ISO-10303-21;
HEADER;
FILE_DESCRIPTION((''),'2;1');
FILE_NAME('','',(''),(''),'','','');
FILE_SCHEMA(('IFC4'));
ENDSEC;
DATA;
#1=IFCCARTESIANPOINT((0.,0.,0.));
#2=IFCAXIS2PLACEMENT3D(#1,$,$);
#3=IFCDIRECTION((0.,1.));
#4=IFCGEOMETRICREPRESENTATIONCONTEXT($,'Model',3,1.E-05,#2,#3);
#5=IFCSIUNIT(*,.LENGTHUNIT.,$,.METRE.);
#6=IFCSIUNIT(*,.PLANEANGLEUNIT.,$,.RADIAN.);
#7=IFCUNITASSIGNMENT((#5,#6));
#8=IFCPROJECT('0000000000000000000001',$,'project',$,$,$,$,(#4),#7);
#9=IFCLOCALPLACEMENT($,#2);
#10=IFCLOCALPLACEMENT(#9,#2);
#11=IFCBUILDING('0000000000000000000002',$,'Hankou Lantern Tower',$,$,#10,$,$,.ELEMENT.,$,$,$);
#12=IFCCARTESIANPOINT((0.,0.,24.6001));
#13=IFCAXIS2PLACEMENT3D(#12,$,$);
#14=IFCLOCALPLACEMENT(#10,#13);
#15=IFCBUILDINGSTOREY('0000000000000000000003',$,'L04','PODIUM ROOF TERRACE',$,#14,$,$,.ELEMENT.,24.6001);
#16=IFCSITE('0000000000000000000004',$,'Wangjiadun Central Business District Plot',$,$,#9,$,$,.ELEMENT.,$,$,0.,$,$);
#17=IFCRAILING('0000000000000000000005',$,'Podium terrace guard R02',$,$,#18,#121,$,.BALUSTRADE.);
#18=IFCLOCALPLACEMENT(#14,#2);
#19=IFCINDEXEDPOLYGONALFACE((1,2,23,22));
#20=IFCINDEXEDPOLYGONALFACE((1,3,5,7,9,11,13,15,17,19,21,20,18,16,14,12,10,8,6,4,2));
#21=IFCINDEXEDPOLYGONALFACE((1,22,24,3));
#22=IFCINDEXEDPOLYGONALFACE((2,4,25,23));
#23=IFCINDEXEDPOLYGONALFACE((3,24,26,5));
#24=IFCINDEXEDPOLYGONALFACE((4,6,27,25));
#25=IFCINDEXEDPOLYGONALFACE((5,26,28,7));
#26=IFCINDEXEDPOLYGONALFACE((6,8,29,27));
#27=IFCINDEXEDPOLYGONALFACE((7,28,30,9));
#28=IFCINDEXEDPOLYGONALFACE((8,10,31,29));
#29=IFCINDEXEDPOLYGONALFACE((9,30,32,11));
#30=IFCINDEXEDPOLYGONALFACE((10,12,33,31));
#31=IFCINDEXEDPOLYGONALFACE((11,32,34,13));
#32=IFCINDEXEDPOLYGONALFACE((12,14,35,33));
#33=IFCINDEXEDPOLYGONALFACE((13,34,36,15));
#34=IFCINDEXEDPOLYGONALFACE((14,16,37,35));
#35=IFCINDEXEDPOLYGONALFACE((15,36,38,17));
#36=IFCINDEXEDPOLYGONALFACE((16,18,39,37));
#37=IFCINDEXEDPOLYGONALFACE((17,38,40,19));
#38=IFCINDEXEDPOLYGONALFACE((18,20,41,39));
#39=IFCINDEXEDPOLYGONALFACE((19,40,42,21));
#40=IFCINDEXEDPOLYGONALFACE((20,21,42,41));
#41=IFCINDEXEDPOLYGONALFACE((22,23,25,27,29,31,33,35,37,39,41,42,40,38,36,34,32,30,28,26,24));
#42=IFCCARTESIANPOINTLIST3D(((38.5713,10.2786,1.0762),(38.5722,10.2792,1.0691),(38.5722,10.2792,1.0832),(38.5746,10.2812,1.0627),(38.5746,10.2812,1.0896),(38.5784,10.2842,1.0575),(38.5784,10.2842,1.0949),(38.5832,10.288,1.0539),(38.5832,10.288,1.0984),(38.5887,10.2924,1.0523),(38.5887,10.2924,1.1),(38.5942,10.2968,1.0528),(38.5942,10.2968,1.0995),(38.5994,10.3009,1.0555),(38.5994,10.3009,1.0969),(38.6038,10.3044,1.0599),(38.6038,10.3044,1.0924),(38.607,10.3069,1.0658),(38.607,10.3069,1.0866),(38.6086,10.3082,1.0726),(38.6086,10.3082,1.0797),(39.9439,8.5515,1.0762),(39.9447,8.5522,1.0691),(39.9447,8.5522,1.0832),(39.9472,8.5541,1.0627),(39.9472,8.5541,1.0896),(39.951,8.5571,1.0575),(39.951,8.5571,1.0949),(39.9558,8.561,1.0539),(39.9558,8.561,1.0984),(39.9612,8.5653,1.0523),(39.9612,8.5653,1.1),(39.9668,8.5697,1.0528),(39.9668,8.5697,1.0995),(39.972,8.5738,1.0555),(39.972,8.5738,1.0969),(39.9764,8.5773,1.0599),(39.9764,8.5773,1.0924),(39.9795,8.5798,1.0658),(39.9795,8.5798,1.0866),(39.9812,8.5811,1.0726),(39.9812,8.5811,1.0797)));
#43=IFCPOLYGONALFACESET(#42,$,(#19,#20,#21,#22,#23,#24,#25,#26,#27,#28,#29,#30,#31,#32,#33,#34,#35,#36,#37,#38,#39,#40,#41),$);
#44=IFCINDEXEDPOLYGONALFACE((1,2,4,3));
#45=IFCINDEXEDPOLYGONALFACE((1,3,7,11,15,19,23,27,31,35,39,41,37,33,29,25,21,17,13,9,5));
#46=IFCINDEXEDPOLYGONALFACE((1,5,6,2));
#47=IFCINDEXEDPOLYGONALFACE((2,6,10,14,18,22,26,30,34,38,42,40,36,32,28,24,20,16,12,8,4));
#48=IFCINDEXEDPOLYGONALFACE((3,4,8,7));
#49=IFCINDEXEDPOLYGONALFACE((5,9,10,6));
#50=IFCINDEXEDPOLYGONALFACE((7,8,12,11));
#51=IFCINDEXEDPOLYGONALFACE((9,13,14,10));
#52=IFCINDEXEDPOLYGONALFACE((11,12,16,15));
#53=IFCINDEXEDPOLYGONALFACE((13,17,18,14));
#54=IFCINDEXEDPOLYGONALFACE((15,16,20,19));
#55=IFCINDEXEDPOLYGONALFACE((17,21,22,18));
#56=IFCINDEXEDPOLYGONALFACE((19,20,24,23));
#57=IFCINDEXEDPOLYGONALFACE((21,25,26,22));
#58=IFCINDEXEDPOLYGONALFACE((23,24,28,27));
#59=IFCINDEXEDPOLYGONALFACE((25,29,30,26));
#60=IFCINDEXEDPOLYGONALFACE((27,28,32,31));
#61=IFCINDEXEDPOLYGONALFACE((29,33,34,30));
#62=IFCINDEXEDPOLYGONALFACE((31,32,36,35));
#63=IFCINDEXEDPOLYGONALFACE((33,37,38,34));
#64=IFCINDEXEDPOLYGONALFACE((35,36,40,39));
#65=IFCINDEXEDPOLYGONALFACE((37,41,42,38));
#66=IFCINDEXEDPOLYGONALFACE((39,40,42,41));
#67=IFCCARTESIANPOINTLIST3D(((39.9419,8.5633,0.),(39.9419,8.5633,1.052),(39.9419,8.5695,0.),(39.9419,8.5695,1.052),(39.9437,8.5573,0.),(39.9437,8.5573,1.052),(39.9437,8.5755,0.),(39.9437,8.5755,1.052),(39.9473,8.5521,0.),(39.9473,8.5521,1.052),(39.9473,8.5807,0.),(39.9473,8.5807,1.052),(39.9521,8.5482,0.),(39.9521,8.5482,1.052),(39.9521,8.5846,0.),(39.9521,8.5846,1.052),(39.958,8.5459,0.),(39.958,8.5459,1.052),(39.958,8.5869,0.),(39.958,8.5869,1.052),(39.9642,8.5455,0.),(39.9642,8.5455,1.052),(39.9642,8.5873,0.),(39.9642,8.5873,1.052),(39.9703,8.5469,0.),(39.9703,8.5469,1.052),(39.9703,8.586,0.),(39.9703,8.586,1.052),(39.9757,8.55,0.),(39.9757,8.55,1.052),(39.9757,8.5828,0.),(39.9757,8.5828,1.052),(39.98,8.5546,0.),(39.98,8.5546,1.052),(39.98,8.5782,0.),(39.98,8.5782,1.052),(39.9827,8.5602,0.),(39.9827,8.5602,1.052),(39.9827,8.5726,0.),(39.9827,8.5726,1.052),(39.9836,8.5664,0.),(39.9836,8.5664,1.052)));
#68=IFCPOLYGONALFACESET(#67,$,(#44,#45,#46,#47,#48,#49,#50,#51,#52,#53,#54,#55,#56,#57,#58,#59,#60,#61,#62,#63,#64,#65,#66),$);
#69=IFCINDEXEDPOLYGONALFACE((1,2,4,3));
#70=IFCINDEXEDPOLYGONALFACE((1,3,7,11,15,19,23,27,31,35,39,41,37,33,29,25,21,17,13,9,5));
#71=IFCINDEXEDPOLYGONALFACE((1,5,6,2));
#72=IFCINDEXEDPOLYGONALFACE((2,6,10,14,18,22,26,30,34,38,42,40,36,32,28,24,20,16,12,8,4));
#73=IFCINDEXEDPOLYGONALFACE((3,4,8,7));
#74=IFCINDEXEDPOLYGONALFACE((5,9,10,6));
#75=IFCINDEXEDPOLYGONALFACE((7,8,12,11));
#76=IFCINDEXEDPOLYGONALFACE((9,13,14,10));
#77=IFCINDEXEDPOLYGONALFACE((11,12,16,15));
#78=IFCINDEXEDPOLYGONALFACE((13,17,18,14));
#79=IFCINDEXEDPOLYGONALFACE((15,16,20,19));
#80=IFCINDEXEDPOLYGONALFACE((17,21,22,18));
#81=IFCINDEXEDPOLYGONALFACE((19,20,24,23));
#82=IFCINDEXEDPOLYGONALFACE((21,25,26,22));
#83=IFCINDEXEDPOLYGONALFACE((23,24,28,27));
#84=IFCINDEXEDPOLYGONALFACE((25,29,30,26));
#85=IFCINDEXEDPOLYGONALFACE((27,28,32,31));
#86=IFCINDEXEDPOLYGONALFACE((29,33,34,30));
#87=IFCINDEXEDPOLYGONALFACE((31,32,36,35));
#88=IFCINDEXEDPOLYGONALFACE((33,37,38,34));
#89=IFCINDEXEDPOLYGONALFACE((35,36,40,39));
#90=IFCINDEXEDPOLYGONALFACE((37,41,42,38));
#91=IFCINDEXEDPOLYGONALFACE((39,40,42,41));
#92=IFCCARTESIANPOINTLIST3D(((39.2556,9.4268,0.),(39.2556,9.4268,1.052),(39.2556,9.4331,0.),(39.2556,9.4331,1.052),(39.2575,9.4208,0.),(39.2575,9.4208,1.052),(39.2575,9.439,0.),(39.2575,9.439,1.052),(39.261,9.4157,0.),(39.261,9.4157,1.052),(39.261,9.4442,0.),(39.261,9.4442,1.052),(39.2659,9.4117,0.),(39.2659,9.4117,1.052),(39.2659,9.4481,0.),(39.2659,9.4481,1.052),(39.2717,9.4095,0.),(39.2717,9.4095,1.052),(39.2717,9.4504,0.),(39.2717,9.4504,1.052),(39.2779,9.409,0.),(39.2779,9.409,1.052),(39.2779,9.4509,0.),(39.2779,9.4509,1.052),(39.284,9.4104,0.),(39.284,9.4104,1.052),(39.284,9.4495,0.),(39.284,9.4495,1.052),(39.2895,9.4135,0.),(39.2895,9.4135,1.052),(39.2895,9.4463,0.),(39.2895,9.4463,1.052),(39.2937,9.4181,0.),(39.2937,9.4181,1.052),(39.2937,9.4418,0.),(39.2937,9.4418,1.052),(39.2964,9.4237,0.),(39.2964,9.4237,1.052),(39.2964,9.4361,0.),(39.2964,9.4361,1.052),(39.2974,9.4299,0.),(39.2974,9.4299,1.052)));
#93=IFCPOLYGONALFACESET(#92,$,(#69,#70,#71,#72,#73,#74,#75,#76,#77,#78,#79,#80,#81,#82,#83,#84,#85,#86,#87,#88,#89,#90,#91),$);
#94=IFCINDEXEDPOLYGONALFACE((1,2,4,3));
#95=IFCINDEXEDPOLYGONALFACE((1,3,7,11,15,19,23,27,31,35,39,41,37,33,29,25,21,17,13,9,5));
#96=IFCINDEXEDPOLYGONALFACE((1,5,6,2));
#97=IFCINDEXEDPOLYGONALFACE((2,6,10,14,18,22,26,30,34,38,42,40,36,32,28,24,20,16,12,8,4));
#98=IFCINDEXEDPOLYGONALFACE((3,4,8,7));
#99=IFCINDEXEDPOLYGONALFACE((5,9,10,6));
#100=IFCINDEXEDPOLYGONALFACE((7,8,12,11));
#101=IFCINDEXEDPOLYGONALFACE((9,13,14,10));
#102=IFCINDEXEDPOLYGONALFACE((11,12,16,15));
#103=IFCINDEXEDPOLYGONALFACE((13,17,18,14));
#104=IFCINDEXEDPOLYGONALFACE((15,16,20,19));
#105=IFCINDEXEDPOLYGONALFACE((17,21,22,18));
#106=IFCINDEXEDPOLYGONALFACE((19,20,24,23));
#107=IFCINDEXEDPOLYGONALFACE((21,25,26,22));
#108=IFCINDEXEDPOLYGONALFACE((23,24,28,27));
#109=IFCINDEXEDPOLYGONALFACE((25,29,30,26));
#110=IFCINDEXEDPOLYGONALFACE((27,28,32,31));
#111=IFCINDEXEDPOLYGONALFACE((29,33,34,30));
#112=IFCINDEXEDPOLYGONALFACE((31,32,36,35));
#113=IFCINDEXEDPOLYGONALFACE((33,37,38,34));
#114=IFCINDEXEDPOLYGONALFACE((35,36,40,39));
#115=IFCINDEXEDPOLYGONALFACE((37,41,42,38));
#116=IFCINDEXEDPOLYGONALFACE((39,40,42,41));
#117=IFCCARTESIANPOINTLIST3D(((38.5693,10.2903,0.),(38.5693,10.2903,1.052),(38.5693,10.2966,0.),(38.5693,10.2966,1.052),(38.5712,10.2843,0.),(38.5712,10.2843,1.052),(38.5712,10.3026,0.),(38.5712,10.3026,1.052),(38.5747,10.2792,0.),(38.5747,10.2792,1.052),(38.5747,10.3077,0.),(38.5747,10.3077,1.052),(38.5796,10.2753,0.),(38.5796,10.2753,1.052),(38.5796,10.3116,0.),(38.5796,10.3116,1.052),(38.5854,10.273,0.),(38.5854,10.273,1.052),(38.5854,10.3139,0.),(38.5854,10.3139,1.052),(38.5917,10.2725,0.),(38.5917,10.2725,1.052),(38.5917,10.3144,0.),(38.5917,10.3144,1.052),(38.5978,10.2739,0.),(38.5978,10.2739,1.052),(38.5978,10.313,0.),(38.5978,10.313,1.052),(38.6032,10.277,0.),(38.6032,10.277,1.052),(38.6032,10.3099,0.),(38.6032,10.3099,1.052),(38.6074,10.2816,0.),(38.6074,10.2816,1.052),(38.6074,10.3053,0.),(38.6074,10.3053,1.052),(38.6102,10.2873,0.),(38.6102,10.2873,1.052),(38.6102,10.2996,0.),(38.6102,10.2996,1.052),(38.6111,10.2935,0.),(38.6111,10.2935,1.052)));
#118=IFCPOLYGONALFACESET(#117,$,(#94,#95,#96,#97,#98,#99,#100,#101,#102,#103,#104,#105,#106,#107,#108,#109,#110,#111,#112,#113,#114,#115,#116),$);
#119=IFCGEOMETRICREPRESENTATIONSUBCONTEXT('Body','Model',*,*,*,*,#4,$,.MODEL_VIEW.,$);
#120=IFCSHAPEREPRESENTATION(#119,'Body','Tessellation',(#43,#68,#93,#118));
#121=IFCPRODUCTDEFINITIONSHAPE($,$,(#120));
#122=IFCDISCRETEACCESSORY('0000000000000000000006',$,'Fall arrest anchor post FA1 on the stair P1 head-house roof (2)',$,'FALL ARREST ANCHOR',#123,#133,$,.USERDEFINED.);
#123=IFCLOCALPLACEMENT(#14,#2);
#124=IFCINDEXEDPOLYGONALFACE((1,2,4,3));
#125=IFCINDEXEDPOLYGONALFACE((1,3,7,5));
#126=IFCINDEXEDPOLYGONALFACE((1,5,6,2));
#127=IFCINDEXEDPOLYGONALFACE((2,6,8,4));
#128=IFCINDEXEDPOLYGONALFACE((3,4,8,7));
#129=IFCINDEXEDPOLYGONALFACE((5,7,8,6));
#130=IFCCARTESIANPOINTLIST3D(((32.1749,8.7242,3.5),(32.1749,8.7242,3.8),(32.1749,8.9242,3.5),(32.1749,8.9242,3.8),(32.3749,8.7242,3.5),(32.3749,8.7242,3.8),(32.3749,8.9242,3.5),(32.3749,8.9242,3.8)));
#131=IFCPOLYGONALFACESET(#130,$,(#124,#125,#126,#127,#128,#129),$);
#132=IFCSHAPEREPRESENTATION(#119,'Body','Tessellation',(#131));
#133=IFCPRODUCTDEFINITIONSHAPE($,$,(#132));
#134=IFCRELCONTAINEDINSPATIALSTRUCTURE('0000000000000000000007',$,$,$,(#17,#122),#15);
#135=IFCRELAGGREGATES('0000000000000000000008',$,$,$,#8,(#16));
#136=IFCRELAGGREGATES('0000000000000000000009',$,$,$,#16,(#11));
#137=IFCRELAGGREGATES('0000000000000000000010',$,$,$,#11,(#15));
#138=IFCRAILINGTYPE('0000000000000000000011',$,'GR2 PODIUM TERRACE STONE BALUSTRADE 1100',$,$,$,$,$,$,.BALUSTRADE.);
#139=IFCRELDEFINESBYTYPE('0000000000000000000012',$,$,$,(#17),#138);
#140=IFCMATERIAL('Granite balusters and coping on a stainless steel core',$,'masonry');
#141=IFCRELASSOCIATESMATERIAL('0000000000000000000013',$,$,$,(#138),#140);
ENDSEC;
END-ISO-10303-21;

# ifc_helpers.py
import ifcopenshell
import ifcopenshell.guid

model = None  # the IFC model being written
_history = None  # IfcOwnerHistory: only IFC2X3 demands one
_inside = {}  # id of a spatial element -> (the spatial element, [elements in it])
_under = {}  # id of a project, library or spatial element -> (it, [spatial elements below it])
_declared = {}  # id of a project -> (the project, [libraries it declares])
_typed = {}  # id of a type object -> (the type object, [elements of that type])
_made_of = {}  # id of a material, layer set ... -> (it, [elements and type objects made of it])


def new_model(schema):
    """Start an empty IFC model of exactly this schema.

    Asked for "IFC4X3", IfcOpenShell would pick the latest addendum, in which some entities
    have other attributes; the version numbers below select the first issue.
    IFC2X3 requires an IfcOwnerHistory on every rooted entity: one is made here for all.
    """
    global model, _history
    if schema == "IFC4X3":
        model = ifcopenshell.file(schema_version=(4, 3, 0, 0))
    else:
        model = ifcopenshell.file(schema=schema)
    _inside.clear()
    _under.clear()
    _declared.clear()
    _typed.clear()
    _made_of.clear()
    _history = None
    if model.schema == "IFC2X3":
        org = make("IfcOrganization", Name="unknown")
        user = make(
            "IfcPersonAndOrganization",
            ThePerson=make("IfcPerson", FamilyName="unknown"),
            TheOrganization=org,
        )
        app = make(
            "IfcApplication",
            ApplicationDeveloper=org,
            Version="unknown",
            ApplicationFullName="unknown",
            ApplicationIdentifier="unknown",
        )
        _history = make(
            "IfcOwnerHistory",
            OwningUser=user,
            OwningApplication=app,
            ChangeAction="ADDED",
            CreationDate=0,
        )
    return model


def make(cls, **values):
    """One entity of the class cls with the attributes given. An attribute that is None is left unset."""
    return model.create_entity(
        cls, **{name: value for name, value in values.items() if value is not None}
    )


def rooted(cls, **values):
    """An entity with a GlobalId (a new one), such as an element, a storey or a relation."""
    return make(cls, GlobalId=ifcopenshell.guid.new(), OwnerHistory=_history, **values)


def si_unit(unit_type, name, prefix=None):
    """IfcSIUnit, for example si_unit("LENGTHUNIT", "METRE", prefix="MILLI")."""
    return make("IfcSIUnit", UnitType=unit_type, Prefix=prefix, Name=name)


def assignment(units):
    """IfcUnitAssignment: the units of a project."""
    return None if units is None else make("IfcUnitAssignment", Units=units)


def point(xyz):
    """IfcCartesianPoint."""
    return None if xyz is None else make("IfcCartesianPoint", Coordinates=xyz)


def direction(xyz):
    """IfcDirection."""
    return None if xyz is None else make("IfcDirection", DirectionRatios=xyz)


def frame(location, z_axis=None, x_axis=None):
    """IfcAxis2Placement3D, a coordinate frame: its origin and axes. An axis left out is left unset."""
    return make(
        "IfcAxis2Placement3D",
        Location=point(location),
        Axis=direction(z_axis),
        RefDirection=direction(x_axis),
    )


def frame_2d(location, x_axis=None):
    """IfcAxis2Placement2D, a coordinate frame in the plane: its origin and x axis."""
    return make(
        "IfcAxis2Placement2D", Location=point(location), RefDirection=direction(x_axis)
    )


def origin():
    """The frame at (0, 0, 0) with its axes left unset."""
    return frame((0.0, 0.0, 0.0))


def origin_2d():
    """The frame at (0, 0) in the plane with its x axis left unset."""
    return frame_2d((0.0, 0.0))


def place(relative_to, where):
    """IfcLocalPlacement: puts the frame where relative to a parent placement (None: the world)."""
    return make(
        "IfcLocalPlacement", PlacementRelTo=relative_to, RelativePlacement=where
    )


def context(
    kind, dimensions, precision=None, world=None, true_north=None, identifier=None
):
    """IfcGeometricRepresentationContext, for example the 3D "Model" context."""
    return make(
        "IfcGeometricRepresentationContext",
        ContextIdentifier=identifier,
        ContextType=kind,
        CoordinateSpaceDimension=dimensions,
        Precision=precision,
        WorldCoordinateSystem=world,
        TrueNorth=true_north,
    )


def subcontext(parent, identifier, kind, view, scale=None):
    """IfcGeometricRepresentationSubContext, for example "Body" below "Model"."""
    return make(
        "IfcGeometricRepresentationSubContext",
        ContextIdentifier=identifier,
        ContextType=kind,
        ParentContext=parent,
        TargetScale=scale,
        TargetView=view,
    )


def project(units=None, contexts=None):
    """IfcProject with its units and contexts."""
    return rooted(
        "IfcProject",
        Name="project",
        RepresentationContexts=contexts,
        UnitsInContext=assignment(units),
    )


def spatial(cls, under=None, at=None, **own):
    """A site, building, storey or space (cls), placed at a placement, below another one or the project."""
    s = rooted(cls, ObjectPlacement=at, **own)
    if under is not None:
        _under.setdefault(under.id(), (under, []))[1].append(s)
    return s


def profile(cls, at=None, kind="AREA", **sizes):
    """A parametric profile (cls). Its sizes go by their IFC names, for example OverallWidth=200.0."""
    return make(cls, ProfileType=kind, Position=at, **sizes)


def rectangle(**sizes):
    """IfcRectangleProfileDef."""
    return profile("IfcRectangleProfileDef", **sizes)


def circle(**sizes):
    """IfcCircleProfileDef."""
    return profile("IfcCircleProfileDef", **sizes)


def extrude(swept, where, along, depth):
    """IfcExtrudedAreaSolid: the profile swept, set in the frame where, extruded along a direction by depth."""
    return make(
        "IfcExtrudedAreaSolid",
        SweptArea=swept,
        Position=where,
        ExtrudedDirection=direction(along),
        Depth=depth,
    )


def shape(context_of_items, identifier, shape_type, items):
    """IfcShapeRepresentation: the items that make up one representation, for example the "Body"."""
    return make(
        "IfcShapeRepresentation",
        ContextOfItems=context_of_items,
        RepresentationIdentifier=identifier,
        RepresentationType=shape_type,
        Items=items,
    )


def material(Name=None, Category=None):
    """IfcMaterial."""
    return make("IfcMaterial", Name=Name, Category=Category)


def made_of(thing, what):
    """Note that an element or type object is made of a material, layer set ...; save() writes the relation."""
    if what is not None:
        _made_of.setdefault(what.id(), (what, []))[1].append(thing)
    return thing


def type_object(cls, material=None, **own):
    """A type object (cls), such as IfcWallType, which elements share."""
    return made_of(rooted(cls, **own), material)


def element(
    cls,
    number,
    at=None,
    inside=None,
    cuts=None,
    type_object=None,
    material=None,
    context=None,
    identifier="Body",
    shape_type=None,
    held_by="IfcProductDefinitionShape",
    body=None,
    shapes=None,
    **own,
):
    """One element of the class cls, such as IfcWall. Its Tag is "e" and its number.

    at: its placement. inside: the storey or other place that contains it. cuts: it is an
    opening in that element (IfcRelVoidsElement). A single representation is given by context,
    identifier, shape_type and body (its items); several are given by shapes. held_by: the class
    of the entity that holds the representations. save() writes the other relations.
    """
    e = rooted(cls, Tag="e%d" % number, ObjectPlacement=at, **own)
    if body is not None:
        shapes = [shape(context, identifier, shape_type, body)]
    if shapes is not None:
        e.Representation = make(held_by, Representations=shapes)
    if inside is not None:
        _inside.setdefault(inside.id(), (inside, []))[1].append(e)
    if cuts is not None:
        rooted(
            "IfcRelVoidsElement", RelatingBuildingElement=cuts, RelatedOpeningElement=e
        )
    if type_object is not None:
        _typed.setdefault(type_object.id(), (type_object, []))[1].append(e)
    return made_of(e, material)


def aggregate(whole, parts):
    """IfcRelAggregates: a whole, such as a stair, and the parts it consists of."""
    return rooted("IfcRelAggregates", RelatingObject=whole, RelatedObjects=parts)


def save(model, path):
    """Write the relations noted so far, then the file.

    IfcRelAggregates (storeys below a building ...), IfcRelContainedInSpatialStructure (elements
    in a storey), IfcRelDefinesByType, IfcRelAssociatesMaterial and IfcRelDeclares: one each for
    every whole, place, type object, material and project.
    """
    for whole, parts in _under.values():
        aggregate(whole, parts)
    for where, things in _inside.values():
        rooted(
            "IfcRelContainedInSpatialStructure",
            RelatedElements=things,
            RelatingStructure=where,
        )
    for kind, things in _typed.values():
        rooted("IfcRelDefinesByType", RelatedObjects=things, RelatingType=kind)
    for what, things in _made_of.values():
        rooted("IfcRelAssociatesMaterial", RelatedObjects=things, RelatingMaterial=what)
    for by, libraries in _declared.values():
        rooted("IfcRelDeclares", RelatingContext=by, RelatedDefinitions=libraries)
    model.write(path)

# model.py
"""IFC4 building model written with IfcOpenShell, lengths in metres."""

from ifc_helpers import new_model, si_unit, direction, frame, origin, origin_2d, place, context, subcontext, project, spatial, rectangle, circle, extrude, material, type_object, element, save


model = new_model("IFC4")

# Units and contexts
model_context = context("Model", 3, precision=1e-05, world=origin(), true_north=direction((0.0, 1.0)))
body_context = subcontext(model_context, "Body", "Model", "MODEL_VIEW")
ifc_project = project(units=[si_unit("LENGTHUNIT", "METRE"), si_unit("PLANEANGLEUNIT", "RADIAN")], contexts=[model_context])

# Site, building, storey
site_placement = place(None, origin())
site = spatial("IfcSite", under=ifc_project, at=site_placement, Name="Wangjiadun Central Business District Plot", CompositionType="ELEMENT", RefElevation=0.0)
building_placement = place(site_placement, origin())
building = spatial("IfcBuilding", under=site, at=building_placement, Name="Hankou Lantern Tower", CompositionType="ELEMENT")
storey_placement = place(building_placement, frame((0.0, 0.0, 24.6001)))
storey = spatial("IfcBuildingStorey", under=building, at=storey_placement, Name="L04", Description="PODIUM ROOF TERRACE", CompositionType="ELEMENT", Elevation=24.6001)

# Railing
ifc_material_1 = material(Name="Granite balusters and coping on a stainless steel core", Category="masonry")
railing_type = type_object("IfcRailingType", Name="GR2 PODIUM TERRACE STONE BALUSTRADE 1100", PredefinedType="BALUSTRADE", material=ifc_material_1)
railing_1_placement = place(storey_placement, frame((39.9626, 8.5664, 0.0)))
element("IfcRailing", 1, at=railing_1_placement, inside=storey, type_object=railing_type, Name="Podium terrace guard R02", PredefinedType="BALUSTRADE", context=body_context, shape_type="SweptSolid", body=[
    extrude(circle(Radius=0.0239, at=origin_2d()), frame((0.0, 0.0, 1.0762), z_axis=(-0.622182, 0.782873, 0.0), x_axis=(-0.782873, -0.622182, 0.0)), (0.0, 0.0, 1.0), 2.2061),
    extrude(circle(Radius=0.021, at=origin_2d()), origin(), (0.0, 0.0, 1.0), 1.052),
    extrude(circle(Radius=0.021, at=origin_2d()), frame((-0.6863, 0.8635, 0.0)), (0.0, 0.0, 1.0), 1.052),
    extrude(circle(Radius=0.021, at=origin_2d()), frame((-1.3726, 1.7271, 0.0)), (0.0, 0.0, 1.0), 1.052),
])

# Discrete accessory
discrete_accessory_placement = place(storey_placement, frame((32.2749, 8.8242, 3.5), z_axis=(0.0, 0.0, 1.0), x_axis=(1.0, 0.0, 0.0)))
element("IfcDiscreteAccessory", 2, at=discrete_accessory_placement, inside=storey, Name="Fall arrest anchor post FA1 on the stair P1 head-house roof (2)", ObjectType="FALL ARREST ANCHOR", PredefinedType="USERDEFINED", context=body_context, shape_type="SweptSolid", body=[
    extrude(rectangle(XDim=0.2, YDim=0.2, at=origin_2d()), origin(), (0.0, 0.0, 1.0), 0.3),
])

save(model, "model.ifc")
